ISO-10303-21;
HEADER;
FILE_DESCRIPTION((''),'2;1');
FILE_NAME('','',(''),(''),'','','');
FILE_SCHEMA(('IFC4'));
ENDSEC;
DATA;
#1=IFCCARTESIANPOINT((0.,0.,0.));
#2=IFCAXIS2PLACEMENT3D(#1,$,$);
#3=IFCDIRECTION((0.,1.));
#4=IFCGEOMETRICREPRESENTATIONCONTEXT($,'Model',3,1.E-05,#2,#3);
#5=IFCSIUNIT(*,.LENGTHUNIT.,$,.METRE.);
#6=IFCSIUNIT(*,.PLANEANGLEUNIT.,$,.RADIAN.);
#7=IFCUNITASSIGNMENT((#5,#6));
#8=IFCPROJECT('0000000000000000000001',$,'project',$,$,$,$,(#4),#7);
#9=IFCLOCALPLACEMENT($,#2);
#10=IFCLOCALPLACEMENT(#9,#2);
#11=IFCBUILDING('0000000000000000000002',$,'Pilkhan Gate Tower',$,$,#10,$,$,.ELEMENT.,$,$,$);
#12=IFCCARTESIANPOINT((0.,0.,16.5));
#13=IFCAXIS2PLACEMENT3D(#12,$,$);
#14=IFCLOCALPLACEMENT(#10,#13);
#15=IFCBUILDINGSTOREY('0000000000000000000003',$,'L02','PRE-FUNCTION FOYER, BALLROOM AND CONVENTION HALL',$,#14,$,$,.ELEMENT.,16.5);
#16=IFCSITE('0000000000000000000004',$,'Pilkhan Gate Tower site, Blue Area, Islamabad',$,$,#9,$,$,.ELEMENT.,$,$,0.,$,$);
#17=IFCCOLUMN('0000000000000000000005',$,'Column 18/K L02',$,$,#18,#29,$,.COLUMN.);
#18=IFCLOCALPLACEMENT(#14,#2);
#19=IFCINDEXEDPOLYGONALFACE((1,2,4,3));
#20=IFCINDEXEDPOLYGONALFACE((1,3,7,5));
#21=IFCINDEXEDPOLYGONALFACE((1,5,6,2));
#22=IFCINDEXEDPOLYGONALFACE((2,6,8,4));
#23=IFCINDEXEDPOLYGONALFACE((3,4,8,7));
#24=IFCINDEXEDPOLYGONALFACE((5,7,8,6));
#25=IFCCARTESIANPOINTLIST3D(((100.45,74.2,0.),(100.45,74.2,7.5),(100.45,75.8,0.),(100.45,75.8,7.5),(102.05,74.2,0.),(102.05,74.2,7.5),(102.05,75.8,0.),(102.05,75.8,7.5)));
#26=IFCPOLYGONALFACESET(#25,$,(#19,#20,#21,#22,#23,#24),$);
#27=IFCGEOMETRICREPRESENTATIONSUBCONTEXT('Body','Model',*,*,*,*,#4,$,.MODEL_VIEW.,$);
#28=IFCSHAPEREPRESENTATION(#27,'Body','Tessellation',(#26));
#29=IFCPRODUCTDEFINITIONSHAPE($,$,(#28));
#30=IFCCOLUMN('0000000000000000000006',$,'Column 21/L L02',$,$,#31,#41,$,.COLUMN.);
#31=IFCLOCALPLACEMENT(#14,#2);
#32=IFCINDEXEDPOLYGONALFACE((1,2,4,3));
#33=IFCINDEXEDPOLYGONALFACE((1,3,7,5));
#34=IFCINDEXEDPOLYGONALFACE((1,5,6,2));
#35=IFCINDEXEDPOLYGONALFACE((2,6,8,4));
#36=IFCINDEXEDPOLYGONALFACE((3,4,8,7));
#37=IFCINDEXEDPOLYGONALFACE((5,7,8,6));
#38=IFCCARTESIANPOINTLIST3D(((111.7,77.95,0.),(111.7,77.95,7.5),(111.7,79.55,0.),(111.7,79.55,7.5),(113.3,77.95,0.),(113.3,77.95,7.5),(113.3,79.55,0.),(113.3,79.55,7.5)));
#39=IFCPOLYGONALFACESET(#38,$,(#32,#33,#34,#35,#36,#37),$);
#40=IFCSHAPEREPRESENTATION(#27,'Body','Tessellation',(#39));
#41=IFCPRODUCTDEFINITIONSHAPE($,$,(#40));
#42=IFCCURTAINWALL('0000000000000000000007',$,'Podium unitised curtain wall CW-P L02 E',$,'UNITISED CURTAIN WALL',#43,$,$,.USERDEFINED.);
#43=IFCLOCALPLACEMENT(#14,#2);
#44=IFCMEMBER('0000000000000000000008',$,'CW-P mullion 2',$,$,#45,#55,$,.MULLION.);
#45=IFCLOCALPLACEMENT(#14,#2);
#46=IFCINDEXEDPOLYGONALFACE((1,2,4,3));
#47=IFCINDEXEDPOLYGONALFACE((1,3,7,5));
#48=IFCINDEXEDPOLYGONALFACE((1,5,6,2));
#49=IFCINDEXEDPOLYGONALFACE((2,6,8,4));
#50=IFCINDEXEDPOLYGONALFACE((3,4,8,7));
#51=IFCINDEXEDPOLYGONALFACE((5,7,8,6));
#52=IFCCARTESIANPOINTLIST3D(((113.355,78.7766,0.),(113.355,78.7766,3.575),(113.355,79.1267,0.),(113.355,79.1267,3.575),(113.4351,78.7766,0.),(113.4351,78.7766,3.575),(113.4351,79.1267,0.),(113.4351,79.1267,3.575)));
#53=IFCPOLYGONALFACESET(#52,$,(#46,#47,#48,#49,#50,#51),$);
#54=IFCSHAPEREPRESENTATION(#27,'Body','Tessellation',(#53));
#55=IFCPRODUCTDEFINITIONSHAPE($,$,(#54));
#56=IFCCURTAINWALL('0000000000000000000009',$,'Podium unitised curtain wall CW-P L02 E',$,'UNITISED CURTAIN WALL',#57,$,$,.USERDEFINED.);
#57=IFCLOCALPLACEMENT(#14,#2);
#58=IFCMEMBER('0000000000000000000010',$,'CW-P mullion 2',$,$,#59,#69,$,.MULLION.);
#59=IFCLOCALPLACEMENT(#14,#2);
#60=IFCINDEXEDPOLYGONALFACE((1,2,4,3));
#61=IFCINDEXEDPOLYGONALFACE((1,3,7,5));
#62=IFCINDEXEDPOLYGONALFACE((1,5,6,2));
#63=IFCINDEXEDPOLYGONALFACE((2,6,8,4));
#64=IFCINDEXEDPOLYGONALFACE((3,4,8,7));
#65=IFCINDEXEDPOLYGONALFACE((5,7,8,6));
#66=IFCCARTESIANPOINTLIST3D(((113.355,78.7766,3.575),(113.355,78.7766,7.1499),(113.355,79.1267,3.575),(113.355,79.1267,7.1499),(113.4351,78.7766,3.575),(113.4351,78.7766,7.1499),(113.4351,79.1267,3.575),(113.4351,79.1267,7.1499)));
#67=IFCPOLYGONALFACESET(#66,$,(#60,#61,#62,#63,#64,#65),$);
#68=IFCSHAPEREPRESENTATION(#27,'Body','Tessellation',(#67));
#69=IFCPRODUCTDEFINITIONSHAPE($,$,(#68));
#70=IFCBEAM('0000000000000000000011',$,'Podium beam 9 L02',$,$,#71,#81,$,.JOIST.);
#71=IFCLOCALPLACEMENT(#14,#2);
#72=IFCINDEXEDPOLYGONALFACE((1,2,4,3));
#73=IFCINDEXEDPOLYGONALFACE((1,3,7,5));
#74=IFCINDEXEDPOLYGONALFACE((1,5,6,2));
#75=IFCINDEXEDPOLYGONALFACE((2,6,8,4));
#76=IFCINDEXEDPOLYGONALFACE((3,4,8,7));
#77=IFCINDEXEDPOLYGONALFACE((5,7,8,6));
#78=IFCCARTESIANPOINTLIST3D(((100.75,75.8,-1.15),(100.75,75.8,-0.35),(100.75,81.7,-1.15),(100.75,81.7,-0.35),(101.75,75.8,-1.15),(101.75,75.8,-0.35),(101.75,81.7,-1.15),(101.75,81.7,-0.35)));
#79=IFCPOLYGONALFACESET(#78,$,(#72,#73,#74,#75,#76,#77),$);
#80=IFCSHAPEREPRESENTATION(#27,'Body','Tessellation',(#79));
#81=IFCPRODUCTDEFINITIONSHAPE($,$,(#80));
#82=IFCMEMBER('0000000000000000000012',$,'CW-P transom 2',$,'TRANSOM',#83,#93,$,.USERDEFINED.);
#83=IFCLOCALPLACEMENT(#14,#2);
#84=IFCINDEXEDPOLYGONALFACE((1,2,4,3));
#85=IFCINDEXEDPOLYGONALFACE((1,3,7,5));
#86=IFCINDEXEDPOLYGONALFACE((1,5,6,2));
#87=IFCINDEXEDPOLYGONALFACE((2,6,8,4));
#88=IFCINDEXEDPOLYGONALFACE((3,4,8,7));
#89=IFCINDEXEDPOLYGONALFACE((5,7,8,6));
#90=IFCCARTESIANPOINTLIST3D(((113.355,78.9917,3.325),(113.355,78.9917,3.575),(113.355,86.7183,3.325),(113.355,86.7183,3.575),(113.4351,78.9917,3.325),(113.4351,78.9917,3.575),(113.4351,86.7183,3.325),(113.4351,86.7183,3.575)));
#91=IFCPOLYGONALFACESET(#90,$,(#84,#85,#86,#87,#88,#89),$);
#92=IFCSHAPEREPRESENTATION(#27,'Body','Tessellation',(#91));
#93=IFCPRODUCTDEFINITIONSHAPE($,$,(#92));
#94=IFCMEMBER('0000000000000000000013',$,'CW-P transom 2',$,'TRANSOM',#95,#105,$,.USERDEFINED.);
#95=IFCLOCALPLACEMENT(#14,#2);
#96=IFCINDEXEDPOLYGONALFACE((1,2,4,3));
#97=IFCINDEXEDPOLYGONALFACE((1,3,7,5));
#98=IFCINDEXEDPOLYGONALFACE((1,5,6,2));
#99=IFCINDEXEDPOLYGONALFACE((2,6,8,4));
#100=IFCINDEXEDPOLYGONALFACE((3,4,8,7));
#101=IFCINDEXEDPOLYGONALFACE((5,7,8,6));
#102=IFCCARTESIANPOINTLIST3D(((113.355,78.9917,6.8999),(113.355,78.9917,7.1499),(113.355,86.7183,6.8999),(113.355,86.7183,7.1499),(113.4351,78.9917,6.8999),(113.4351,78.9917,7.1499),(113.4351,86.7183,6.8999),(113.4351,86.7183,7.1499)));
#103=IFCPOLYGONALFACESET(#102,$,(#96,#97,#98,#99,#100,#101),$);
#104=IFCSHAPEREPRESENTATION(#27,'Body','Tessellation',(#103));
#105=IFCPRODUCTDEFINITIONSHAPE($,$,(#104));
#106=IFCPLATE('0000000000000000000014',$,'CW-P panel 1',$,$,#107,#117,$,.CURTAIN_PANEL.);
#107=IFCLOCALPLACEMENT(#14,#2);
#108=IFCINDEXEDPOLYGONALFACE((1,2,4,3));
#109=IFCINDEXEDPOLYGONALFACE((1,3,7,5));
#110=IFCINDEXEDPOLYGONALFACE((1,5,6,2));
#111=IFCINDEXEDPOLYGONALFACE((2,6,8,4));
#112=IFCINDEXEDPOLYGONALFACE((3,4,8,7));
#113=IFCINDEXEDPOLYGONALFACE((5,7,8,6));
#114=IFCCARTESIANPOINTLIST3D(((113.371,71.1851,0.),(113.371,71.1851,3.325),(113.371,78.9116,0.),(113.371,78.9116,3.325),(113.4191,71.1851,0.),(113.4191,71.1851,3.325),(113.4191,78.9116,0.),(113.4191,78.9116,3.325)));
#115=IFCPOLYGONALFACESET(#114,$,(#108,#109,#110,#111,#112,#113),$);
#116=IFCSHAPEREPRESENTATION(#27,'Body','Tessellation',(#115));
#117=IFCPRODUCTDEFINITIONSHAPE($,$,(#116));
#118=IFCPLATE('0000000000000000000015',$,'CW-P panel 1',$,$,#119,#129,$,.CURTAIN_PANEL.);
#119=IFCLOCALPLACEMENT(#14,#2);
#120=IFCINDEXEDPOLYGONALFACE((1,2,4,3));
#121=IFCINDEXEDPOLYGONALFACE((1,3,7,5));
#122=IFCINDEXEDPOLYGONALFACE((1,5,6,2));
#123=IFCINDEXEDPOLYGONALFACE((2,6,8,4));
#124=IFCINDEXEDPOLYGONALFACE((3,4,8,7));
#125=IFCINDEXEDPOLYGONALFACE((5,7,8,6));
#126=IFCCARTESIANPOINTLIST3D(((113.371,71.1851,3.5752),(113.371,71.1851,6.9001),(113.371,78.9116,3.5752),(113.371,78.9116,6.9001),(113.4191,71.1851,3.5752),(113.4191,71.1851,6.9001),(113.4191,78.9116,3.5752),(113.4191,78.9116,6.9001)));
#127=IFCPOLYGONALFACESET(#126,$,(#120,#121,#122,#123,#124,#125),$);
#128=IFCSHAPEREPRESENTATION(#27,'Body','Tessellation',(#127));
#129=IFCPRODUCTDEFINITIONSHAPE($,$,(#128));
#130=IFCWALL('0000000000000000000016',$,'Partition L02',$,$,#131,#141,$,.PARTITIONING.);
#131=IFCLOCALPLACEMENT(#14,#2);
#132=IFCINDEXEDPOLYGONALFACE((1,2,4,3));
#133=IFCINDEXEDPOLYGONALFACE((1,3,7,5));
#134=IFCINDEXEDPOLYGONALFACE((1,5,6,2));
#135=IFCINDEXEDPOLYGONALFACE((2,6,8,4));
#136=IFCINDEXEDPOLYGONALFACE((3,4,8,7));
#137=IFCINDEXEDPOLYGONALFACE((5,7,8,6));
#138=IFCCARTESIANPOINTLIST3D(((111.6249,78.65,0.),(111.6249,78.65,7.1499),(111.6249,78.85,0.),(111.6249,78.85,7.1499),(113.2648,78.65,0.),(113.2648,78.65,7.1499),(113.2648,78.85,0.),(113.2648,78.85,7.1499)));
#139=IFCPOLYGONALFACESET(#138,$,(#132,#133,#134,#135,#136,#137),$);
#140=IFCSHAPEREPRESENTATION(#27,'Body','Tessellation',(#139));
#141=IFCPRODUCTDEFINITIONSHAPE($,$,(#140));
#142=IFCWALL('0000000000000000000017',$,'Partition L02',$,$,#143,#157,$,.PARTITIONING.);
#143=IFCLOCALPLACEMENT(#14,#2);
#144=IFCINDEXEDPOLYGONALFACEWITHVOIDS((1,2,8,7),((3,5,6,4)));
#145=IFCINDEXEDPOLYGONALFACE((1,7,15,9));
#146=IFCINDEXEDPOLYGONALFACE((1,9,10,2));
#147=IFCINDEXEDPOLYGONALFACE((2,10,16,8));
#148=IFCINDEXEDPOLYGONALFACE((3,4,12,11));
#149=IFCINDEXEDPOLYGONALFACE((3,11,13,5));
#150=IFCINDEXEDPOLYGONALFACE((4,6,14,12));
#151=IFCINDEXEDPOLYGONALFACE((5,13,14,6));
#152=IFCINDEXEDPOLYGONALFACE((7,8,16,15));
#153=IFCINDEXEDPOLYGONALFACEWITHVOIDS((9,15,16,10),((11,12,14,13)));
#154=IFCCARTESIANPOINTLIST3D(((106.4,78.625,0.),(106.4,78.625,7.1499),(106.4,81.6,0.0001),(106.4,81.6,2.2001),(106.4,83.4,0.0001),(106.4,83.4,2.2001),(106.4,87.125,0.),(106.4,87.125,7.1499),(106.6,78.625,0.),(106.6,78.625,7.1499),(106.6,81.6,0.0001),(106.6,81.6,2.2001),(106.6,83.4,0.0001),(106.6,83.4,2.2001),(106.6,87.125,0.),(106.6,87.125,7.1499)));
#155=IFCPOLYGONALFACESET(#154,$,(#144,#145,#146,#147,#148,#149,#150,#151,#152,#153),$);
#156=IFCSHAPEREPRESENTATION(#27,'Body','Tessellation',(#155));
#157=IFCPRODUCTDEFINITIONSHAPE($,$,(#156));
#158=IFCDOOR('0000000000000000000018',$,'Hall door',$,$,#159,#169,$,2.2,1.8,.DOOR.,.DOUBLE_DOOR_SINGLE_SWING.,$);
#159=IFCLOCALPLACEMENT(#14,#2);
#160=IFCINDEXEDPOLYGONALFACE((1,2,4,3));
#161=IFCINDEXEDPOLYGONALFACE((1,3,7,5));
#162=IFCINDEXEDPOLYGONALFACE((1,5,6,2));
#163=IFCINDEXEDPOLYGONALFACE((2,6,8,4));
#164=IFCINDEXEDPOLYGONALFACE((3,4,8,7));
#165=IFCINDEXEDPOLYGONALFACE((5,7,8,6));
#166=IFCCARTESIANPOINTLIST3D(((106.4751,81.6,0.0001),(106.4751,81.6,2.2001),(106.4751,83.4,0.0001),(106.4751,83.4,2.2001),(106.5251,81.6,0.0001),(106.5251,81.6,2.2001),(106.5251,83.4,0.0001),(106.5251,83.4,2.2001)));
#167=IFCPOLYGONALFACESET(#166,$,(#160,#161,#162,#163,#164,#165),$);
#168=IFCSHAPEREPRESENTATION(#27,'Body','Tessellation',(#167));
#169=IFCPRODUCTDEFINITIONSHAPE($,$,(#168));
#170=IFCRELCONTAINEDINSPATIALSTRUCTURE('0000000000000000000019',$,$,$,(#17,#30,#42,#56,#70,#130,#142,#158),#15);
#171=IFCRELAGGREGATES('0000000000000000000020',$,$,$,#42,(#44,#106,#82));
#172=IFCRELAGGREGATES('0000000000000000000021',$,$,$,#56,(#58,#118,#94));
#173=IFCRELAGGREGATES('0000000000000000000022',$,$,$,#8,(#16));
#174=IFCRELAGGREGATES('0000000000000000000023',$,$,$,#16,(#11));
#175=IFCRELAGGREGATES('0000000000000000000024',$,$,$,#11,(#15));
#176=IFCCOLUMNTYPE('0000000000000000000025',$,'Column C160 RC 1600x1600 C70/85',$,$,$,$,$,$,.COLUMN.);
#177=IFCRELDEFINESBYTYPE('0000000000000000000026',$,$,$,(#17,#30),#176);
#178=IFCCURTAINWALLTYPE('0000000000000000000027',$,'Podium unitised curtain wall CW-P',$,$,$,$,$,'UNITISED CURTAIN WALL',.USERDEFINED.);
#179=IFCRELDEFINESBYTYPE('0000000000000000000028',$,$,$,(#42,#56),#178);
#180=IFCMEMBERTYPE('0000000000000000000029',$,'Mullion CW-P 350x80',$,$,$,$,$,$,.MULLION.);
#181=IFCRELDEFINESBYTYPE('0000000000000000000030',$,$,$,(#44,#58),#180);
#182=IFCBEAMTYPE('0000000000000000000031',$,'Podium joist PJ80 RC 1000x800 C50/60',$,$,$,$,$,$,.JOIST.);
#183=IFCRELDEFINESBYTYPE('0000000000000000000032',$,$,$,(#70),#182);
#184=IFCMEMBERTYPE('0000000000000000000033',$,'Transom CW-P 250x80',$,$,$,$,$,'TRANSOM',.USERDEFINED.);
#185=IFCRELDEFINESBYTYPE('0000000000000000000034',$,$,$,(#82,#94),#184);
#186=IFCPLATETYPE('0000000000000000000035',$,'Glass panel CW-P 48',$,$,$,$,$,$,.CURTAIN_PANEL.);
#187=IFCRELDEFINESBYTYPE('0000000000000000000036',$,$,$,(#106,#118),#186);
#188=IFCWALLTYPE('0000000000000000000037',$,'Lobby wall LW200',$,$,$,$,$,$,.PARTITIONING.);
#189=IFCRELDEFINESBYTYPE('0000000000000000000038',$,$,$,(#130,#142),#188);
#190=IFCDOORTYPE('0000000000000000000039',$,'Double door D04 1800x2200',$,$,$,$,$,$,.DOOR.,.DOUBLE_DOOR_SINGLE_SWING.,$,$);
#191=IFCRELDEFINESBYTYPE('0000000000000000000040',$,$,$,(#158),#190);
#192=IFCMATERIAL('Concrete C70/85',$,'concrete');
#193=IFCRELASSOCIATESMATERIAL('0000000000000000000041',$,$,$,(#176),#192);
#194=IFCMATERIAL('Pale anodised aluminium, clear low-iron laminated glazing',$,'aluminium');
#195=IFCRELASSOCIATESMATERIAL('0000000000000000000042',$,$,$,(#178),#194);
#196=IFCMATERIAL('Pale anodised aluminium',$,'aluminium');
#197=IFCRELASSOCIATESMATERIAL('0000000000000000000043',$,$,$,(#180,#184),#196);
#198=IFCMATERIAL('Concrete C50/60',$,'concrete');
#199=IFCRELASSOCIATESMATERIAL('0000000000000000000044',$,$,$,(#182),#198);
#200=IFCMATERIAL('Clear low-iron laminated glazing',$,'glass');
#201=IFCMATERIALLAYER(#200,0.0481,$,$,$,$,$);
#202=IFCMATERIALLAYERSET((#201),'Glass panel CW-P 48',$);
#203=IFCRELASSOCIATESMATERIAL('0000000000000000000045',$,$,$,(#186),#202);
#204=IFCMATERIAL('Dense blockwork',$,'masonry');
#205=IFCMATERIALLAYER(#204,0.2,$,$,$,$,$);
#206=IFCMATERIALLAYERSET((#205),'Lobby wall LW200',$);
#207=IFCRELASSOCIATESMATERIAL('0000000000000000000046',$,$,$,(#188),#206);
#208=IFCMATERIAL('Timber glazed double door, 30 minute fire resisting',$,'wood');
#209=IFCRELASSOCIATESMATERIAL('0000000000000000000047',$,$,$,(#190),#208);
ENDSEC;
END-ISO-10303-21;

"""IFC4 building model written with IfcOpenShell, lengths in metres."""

from ifc_helpers import new_model, si_unit, direction, frame, frame_2d, origin, origin_2d, place, context, subcontext, project, spatial, rectangle, extrude, material, layer, layer_set, material_profile, profile_set, type_object, element, fill, aggregate, save


model = new_model("IFC4")

# Units and contexts
model_context = context("Model", 3, precision=1e-05, world=origin(), true_north=direction((0.0, 1.0)))
body_context = subcontext(model_context, "Body", "Model", "MODEL_VIEW")
ifc_project = project(units=[si_unit("LENGTHUNIT", "METRE"), si_unit("PLANEANGLEUNIT", "RADIAN")], contexts=[model_context])

# Site, building, storey
site_placement = place(None, origin())
site = spatial("IfcSite", under=ifc_project, at=site_placement, Name="Pilkhan Gate Tower site, Blue Area, Islamabad", CompositionType="ELEMENT", RefElevation=0.0)
building_placement = place(site_placement, origin())
building = spatial("IfcBuilding", under=site, at=building_placement, Name="Pilkhan Gate Tower", CompositionType="ELEMENT")
storey_placement = place(building_placement, frame((0.0, 0.0, 16.5)))
storey = spatial("IfcBuildingStorey", under=building, at=storey_placement, Name="L02", Description="PRE-FUNCTION FOYER, BALLROOM AND CONVENTION HALL", CompositionType="ELEMENT", Elevation=16.5)

# Columns
ifc_material_1 = material(Name="Concrete C70/85", Category="concrete")
ifc_material_profile_1 = material_profile(ifc_material_1, rectangle(XDim=1.6001, YDim=1.6001, at=origin_2d()), Name="RC 1600x1600")
ifc_profile_set_1 = profile_set([ifc_material_profile_1], Name="Concrete C70/85")
column_type = type_object("IfcColumnType", Name="Column C160 RC 1600x1600 C70/85", PredefinedType="COLUMN", material=ifc_profile_set_1)
for number, where, z_axis, x_axis, name in (
    (1, (101.25, 75.0, 0.0), (0.0, 0.0, 1.0), (1.0, 0.0, 0.0), "Column 18/K L02"),
    (2, (112.5, 78.75, 0.0), (0.0, 0.0, 1.0), (1.0, 0.0, 0.0), "Column 21/L L02"),
):
    element("IfcColumn", number, at=place(storey_placement, frame(where, z_axis=z_axis, x_axis=x_axis)), inside=storey, type_object=column_type, Name=name, PredefinedType="COLUMN", context=body_context, shape_type="SweptSolid", body=[
        extrude(rectangle(XDim=1.6001, YDim=1.6001, at=origin_2d()), origin(), (0.0, 0.0, 1.0), 7.5),
    ])

# Curtain walls, members
ifc_material_2 = material(Name="Pale anodised aluminium, clear low-iron laminated glazing", Category="aluminium")
curtain_wall_type = type_object("IfcCurtainWallType", Name="Podium unitised curtain wall CW-P", ElementType="UNITISED CURTAIN WALL", PredefinedType="USERDEFINED", material=ifc_material_2)
curtain_wall_1_placement = place(storey_placement, origin())
curtain_wall_1 = element("IfcCurtainWall", 3, at=curtain_wall_1_placement, inside=storey, type_object=curtain_wall_type, Name="Podium unitised curtain wall CW-P L02 E", ObjectType="UNITISED CURTAIN WALL", PredefinedType="USERDEFINED")
ifc_material_3 = material(Name="Pale anodised aluminium", Category="aluminium")
ifc_material_profile_2 = material_profile(ifc_material_3, rectangle(XDim=0.0801, YDim=0.3501, at=origin_2d()), Name="Mullion 350x80")
ifc_profile_set_2 = profile_set([ifc_material_profile_2], Name="Pale anodised aluminium")
member_type_1 = type_object("IfcMemberType", Name="Mullion CW-P 350x80", PredefinedType="MULLION", material=ifc_profile_set_2)
member_1_placement = place(storey_placement, frame((113.395, 78.9517, 0.0), z_axis=(0.0, 0.0, 1.0), x_axis=(-1.0, 0.0, 0.0)))
member_1 = element("IfcMember", 4, at=member_1_placement, type_object=member_type_1, Name="CW-P mullion 2", PredefinedType="MULLION", context=body_context, shape_type="SweptSolid", body=[
    extrude(rectangle(XDim=0.0801, YDim=0.3501, at=origin_2d()), origin(), (0.0, 0.0, 1.0), 3.575),
])
curtain_wall_2_placement = place(storey_placement, origin())
curtain_wall_2 = element("IfcCurtainWall", 5, at=curtain_wall_2_placement, inside=storey, type_object=curtain_wall_type, Name="Podium unitised curtain wall CW-P L02 E", ObjectType="UNITISED CURTAIN WALL", PredefinedType="USERDEFINED")
member_2_placement = place(storey_placement, frame((113.395, 78.9517, 3.575), z_axis=(0.0, 0.0, 1.0), x_axis=(-1.0, 0.0, 0.0)))
member_2 = element("IfcMember", 6, at=member_2_placement, type_object=member_type_1, Name="CW-P mullion 2", PredefinedType="MULLION", context=body_context, shape_type="SweptSolid", body=[
    extrude(rectangle(XDim=0.0801, YDim=0.3501, at=origin_2d()), origin(), (0.0, 0.0, 1.0), 3.575),
])

# Beam
ifc_material_4 = material(Name="Concrete C50/60", Category="concrete")
ifc_material_profile_3 = material_profile(ifc_material_4, rectangle(XDim=1.0, YDim=0.8, at=origin_2d()), Name="RC 1000x800")
ifc_profile_set_3 = profile_set([ifc_material_profile_3], Name="Concrete C50/60")
beam_type = type_object("IfcBeamType", Name="Podium joist PJ80 RC 1000x800 C50/60", PredefinedType="JOIST", material=ifc_profile_set_3)
beam_placement = place(storey_placement, frame((101.25, 75.8, -0.75), z_axis=(0.0, 1.0, 0.0), x_axis=(-1.0, 0.0, 0.0)))
element("IfcBeam", 7, at=beam_placement, inside=storey, type_object=beam_type, Name="Podium beam 9 L02", PredefinedType="JOIST", context=body_context, shape_type="SweptSolid", body=[
    extrude(rectangle(XDim=1.0, YDim=0.8, at=origin_2d()), origin(), (0.0, 0.0, 1.0), 5.8999),
])

# Members
ifc_material_profile_4 = material_profile(ifc_material_3, rectangle(XDim=0.0801, YDim=0.25, at=origin_2d()), Name="Transom 250x80")
ifc_profile_set_4 = profile_set([ifc_material_profile_4], Name="Pale anodised aluminium")
member_type_2 = type_object("IfcMemberType", Name="Transom CW-P 250x80", ElementType="TRANSOM", PredefinedType="USERDEFINED", material=ifc_profile_set_4)
member_3_placement = place(storey_placement, frame((113.395, 78.9917, 3.45), z_axis=(0.0, 1.0, 0.0), x_axis=(-1.0, 0.0, 0.0)))
member_3 = element("IfcMember", 8, at=member_3_placement, type_object=member_type_2, Name="CW-P transom 2", ObjectType="TRANSOM", PredefinedType="USERDEFINED", context=body_context, shape_type="SweptSolid", body=[
    extrude(rectangle(XDim=0.0801, YDim=0.25, at=origin_2d()), origin(), (0.0, 0.0, 1.0), 7.7266),
])
member_4_placement = place(storey_placement, frame((113.395, 78.9917, 7.0249), z_axis=(0.0, 1.0, 0.0), x_axis=(-1.0, 0.0, 0.0)))
member_4 = element("IfcMember", 9, at=member_4_placement, type_object=member_type_2, Name="CW-P transom 2", ObjectType="TRANSOM", PredefinedType="USERDEFINED", context=body_context, shape_type="SweptSolid", body=[
    extrude(rectangle(XDim=0.0801, YDim=0.25, at=origin_2d()), origin(), (0.0, 0.0, 1.0), 7.7266),
])

# Plates
ifc_material_5 = material(Name="Clear low-iron laminated glazing", Category="glass")
ifc_layer_1 = layer(ifc_material_5, 0.0481)
ifc_layer_set_1 = layer_set([ifc_layer_1], Name="Glass panel CW-P 48")
plate_type = type_object("IfcPlateType", Name="Glass panel CW-P 48", PredefinedType="CURTAIN_PANEL", material=ifc_layer_set_1)
plate_1_placement = place(storey_placement, frame((113.395, 75.0483, 0.0), z_axis=(0.0, 0.0, 1.0), x_axis=(0.0, 1.0, 0.0)))
plate_1 = element("IfcPlate", 10, at=plate_1_placement, type_object=plate_type, Name="CW-P panel 1", PredefinedType="CURTAIN_PANEL", context=body_context, shape_type="SweptSolid", body=[
    extrude(rectangle(XDim=7.7266, YDim=0.0481, at=origin_2d()), origin(), (0.0, 0.0, 1.0), 3.325),
])
aggregate(curtain_wall_1, [member_1, plate_1, member_3])
plate_2_placement = place(storey_placement, frame((113.395, 75.0483, 3.5752), z_axis=(0.0, 0.0, 1.0), x_axis=(0.0, 1.0, 0.0)))
plate_2 = element("IfcPlate", 11, at=plate_2_placement, type_object=plate_type, Name="CW-P panel 1", PredefinedType="CURTAIN_PANEL", context=body_context, shape_type="SweptSolid", body=[
    extrude(rectangle(XDim=7.7266, YDim=0.0481, at=origin_2d()), origin(), (0.0, 0.0, 1.0), 3.325),
])
aggregate(curtain_wall_2, [member_2, plate_2, member_4])

# Wall
ifc_material_6 = material(Name="Dense blockwork", Category="masonry")
ifc_layer_2 = layer(ifc_material_6, 0.2)
ifc_layer_set_2 = layer_set([ifc_layer_2], Name="Lobby wall LW200")
wall_type_1 = type_object("IfcWallType", Name="Lobby wall LW200", PredefinedType="PARTITIONING", material=ifc_layer_set_2)
wall_1_placement = place(storey_placement, frame((111.625, 78.75, 0.0), z_axis=(0.0, 0.0, 1.0), x_axis=(1.0, 0.0, 0.0)))
element("IfcWall", 12, at=wall_1_placement, inside=storey, type_object=wall_type_1, Name="Partition L02", PredefinedType="PARTITIONING", context=body_context, shape_type="SweptSolid", body=[
    extrude(rectangle(XDim=1.6399, YDim=0.2, at=frame_2d((0.8198, 0.0))), origin(), (0.0, 0.0, 1.0), 7.1499),
])

# Wall, opening, door
wall_2_placement = place(storey_placement, frame((106.5, 78.625, 0.0), z_axis=(0.0, 0.0, 1.0), x_axis=(0.0, 1.0, 0.0)))
wall_2 = element("IfcWall", 13, at=wall_2_placement, inside=storey, type_object=wall_type_1, Name="Partition L02", PredefinedType="PARTITIONING", context=body_context, shape_type="SweptSolid", body=[
    extrude(rectangle(XDim=8.5, YDim=0.2, at=frame_2d((4.25, 0.0))), origin(), (0.0, 0.0, 1.0), 7.1499),
])
opening_1_placement = place(wall_2_placement, frame((2.9751, 0.0, 0.0)))
opening_1 = element("IfcOpeningElement", 14, at=opening_1_placement, cuts=wall_2, PredefinedType="OPENING", context=body_context, shape_type="SweptSolid", body=[
    extrude(rectangle(XDim=1.8, YDim=2.2, at=frame_2d((0.8999, 1.1001))), frame((0.0, 0.1099, 0.0), z_axis=(0.0, -1.0, 0.0), x_axis=(1.0, 0.0, 0.0)), (0.0, 0.0, 1.0), 0.22),
])
ifc_material_7 = material(Name="Timber glazed double door, 30 minute fire resisting", Category="wood")
door_type_1 = type_object("IfcDoorType", Name="Double door D04 1800x2200", OperationType="DOUBLE_DOOR_SINGLE_SWING", PredefinedType="DOOR", material=ifc_material_7)
door_1_placement = place(opening_1_placement, origin())
door_1 = element("IfcDoor", 15, at=door_1_placement, inside=storey, type_object=door_type_1, Name="Hall door", OperationType="DOUBLE_DOOR_SINGLE_SWING", OverallHeight=2.2, OverallWidth=1.8, PredefinedType="DOOR", context=body_context, shape_type="SweptSolid", body=[
    extrude(rectangle(XDim=1.8, YDim=2.2, at=frame_2d((0.8999, 1.1001))), frame((0.0, 0.0249, 0.0), z_axis=(0.0, -1.0, 0.0), x_axis=(1.0, 0.0, 0.0)), (0.0, 0.0, 1.0), 0.05),
])
fill(opening_1, door_1)

save(model, "model.ifc")
